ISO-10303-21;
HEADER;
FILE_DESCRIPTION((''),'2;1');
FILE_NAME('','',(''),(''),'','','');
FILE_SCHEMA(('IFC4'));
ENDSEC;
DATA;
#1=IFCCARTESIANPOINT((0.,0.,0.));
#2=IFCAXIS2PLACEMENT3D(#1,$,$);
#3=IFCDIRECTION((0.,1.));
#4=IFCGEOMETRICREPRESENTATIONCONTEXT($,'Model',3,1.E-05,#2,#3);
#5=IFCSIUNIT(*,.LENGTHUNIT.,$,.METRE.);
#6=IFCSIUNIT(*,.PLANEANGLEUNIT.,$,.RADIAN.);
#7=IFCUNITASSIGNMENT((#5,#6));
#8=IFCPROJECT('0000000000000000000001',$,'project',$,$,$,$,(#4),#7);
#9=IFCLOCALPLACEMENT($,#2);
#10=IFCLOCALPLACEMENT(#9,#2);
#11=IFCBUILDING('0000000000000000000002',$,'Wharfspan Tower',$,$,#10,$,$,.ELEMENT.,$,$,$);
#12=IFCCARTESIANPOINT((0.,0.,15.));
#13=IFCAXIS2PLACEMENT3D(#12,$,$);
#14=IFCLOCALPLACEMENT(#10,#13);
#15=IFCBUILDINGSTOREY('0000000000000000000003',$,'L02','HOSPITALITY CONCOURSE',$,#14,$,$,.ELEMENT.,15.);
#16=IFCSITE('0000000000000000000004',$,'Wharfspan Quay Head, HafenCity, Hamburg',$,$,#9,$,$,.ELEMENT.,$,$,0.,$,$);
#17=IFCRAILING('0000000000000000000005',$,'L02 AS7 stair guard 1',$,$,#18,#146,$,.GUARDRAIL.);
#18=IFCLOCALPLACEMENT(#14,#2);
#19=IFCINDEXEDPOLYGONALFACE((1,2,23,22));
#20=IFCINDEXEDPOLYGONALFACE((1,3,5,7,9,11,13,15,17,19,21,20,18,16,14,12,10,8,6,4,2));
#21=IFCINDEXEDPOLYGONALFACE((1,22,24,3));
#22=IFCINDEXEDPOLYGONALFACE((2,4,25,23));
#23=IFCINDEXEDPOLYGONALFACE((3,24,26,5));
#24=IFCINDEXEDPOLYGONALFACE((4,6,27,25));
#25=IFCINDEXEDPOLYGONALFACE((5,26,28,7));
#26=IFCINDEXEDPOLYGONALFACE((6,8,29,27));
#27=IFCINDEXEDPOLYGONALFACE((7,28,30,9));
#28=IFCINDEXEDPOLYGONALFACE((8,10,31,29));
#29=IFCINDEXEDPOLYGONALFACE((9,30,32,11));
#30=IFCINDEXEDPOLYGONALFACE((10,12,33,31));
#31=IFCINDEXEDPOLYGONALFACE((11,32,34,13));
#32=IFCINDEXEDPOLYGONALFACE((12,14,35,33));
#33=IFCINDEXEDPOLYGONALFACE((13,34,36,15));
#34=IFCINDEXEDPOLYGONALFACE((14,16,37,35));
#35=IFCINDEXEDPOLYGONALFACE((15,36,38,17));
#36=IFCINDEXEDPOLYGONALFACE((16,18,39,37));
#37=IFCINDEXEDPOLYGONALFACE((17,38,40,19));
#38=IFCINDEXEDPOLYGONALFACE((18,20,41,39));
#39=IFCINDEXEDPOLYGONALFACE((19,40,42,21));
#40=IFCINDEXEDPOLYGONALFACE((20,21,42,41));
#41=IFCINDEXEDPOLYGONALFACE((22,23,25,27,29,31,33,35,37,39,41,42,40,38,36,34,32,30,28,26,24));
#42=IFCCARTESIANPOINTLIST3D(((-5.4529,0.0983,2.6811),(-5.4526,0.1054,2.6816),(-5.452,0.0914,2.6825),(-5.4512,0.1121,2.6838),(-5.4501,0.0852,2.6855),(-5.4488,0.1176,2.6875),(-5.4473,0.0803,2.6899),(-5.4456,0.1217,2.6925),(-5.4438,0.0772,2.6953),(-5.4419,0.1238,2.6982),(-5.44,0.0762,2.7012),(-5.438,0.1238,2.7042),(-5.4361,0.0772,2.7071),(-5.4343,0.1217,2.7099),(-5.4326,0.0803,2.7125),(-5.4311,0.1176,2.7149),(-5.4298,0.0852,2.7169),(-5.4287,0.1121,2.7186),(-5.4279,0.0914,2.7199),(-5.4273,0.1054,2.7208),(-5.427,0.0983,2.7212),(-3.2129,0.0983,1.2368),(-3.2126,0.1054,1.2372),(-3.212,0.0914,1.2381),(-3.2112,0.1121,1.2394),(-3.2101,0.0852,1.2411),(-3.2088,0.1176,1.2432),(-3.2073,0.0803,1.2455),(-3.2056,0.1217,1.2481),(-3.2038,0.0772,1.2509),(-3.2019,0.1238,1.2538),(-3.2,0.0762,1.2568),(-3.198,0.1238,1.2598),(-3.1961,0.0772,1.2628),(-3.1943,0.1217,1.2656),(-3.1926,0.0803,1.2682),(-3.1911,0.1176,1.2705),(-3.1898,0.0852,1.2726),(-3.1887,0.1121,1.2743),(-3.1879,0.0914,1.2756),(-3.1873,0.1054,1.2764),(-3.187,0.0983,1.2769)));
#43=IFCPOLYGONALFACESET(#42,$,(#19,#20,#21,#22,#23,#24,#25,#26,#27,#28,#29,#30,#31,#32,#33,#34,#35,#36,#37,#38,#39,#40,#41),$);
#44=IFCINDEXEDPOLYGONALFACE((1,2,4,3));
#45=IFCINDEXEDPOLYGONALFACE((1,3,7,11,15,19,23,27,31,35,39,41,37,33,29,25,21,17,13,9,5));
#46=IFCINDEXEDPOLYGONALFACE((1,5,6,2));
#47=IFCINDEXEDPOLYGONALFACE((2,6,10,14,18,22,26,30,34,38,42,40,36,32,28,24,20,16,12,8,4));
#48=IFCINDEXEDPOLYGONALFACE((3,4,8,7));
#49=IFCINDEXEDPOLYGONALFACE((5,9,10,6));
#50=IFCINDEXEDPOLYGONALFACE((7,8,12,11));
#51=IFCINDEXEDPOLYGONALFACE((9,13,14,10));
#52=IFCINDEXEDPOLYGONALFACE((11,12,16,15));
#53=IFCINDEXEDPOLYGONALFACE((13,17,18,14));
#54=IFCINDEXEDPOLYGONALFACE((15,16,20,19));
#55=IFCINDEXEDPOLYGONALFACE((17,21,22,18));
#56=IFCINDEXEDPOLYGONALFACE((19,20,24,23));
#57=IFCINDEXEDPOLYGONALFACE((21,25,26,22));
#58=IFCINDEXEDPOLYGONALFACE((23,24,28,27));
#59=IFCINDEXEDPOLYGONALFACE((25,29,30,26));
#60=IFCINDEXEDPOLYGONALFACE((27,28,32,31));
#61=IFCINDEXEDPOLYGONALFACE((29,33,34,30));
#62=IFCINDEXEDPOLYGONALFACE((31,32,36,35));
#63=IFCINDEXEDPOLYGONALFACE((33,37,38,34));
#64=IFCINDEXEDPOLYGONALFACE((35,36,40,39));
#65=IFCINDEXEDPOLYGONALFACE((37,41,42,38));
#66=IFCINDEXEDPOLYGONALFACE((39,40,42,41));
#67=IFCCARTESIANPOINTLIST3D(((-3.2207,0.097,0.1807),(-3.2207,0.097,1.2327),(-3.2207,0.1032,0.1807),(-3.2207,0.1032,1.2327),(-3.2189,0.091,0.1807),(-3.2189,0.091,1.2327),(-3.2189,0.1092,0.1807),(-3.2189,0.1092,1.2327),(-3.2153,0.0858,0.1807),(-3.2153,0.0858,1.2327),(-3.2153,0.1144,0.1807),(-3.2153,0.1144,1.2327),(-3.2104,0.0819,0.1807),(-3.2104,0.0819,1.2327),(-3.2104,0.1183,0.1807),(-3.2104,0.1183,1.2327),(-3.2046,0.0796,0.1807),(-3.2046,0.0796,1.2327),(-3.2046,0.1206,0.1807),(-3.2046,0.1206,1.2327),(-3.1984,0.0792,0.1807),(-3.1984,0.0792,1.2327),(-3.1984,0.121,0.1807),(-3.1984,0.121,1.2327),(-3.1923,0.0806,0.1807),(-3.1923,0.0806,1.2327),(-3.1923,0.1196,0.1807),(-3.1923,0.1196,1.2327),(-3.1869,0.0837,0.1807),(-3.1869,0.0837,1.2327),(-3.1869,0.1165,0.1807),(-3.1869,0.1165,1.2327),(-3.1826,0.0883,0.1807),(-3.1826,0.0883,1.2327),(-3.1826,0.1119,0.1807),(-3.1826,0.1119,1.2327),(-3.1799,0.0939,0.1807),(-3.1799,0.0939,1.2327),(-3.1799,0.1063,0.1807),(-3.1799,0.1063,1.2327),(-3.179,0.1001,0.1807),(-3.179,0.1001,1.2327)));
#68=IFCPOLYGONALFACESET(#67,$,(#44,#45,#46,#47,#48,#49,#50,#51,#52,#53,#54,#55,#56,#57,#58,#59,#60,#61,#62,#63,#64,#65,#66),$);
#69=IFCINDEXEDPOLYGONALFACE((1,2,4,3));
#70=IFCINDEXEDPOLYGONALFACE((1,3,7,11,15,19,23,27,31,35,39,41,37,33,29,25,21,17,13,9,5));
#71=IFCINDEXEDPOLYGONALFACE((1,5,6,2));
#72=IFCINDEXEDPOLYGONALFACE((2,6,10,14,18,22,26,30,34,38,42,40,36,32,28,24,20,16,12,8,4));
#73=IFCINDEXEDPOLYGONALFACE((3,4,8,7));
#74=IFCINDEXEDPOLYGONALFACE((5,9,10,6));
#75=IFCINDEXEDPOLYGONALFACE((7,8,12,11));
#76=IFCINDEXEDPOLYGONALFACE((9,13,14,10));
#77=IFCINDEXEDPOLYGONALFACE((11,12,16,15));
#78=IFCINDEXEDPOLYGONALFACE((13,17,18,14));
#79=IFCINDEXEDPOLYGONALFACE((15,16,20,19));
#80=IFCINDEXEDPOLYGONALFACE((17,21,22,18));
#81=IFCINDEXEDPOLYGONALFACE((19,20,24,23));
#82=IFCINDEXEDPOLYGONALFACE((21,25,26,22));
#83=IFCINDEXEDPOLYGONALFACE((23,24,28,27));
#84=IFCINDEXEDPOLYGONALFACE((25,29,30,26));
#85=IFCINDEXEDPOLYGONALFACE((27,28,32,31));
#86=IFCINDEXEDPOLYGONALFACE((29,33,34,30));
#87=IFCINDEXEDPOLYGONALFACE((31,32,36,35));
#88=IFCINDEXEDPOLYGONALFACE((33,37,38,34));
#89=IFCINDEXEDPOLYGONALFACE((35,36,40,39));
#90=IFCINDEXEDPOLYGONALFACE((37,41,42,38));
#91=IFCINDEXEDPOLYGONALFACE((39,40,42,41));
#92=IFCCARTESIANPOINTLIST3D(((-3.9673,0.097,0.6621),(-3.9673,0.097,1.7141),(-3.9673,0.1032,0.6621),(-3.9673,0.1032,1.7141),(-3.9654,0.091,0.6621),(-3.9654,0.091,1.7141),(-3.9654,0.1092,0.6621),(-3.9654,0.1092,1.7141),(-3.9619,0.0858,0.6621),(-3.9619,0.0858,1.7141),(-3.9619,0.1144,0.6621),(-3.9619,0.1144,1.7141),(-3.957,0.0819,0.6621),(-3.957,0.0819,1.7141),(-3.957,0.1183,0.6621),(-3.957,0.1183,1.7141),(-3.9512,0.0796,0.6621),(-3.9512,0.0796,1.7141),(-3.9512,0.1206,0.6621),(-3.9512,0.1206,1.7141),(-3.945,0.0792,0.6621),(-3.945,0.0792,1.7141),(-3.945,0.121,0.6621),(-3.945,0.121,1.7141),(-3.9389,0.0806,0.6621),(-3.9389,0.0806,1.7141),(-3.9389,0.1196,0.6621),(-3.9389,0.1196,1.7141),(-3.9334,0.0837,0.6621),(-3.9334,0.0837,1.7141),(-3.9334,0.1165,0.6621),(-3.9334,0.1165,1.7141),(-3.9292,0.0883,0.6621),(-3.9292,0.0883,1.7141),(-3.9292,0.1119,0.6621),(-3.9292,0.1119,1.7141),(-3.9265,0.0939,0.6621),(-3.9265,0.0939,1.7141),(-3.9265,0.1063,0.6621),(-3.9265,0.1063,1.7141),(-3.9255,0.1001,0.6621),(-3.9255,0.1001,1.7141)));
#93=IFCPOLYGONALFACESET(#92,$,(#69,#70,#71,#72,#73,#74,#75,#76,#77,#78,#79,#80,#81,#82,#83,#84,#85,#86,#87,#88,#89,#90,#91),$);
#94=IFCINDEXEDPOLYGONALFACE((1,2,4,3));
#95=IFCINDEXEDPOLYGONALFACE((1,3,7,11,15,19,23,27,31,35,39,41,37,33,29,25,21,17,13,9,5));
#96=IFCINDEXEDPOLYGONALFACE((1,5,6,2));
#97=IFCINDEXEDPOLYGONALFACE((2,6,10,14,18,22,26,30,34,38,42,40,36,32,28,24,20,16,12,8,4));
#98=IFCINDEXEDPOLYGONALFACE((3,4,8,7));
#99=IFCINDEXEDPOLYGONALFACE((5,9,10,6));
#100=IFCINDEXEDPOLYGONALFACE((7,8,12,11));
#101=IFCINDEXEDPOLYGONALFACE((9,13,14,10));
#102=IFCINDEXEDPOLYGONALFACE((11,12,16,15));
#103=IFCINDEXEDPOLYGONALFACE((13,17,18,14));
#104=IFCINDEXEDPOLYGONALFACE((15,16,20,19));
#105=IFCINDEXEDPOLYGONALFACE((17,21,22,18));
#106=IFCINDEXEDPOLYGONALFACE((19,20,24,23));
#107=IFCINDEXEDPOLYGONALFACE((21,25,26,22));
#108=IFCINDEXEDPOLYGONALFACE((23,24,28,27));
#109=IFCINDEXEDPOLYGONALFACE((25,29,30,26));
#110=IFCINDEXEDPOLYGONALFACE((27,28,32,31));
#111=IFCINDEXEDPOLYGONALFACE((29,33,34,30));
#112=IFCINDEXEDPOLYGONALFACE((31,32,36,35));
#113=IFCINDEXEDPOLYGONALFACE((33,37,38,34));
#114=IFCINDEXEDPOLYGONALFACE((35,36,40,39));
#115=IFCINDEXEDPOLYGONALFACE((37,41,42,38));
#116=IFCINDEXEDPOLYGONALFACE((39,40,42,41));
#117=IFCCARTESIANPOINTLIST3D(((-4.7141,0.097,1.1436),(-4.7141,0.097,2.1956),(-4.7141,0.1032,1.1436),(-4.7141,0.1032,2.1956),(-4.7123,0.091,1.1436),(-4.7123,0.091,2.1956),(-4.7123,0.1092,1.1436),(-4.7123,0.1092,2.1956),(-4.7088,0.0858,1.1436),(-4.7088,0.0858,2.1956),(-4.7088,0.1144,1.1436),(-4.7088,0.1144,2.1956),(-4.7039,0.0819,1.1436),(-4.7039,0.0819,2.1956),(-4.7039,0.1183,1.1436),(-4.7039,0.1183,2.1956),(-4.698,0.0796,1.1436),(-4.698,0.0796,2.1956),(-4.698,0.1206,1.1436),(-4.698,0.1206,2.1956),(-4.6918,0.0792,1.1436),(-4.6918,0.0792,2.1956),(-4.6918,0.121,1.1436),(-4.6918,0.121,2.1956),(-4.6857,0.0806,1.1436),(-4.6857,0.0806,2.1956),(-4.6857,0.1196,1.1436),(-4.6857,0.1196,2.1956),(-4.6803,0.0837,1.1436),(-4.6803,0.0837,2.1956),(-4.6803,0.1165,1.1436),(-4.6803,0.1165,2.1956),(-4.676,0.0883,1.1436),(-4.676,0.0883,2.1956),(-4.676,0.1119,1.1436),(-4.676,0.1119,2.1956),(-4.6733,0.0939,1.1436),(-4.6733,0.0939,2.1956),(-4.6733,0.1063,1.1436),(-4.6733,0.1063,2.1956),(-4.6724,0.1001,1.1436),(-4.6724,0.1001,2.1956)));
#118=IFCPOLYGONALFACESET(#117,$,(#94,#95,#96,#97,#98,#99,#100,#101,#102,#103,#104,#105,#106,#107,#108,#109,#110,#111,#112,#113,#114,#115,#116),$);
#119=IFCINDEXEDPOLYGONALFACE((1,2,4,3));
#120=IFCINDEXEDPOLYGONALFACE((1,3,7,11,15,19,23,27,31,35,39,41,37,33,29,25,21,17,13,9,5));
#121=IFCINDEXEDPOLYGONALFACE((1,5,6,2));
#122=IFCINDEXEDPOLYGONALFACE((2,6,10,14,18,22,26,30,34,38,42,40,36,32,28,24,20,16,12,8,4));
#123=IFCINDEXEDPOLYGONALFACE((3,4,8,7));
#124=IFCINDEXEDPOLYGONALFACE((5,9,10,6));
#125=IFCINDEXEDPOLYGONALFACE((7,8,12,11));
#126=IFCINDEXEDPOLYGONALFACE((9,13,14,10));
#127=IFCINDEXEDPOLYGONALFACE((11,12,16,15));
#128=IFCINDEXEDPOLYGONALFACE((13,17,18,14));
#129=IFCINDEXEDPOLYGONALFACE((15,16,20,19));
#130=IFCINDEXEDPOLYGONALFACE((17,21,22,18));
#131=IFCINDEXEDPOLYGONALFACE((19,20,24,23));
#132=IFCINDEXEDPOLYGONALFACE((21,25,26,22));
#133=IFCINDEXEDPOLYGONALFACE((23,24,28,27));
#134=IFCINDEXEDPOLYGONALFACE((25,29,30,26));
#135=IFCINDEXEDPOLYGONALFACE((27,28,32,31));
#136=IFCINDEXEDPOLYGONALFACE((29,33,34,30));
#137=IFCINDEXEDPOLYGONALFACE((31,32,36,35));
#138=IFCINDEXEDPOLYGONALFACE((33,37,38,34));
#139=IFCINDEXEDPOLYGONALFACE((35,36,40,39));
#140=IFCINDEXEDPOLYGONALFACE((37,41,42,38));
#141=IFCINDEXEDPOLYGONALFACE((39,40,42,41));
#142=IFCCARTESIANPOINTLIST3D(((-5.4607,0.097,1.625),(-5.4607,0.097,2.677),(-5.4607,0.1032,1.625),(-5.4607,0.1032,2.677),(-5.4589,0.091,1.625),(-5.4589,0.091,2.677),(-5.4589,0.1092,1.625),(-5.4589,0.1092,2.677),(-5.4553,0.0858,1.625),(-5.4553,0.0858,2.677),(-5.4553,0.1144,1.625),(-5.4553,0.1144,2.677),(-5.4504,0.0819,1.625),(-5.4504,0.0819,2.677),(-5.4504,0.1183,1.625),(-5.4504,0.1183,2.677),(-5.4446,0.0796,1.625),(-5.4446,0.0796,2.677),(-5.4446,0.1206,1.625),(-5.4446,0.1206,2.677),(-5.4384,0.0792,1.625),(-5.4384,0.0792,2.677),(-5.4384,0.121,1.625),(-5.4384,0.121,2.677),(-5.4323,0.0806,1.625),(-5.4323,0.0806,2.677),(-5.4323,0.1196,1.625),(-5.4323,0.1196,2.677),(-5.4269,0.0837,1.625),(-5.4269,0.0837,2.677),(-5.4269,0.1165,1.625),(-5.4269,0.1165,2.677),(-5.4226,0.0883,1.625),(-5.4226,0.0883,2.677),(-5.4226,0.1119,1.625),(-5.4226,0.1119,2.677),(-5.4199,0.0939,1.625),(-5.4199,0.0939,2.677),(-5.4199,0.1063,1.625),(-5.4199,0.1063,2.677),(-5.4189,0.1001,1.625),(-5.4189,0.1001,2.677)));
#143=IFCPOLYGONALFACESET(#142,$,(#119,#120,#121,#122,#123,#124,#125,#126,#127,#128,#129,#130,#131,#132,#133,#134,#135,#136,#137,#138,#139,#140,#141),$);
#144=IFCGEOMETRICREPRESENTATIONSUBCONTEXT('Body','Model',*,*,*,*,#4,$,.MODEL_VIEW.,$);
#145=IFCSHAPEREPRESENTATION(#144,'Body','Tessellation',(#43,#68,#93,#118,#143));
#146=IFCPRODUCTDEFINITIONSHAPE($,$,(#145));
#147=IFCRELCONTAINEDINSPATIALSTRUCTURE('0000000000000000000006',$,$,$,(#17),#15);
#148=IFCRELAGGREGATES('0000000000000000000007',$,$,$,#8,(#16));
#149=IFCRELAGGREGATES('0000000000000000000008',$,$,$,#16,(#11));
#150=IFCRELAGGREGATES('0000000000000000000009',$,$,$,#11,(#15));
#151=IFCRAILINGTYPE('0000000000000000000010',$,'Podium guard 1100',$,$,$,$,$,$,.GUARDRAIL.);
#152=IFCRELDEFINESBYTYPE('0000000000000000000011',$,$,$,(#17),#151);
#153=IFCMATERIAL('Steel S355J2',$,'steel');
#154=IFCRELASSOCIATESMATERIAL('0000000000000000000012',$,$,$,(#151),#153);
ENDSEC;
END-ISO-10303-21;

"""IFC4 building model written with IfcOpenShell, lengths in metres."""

from ifc_helpers import new_model, si_unit, direction, frame, origin, origin_2d, place, context, subcontext, project, spatial, circle, extrude, material, type_object, element, save


model = new_model("IFC4")

# Units and contexts
model_context = context("Model", 3, precision=1e-05, world=origin(), true_north=direction((0.0, 1.0)))
body_context = subcontext(model_context, "Body", "Model", "MODEL_VIEW")
ifc_project = project(units=[si_unit("LENGTHUNIT", "METRE"), si_unit("PLANEANGLEUNIT", "RADIAN")], contexts=[model_context])

# Site, building, storey
site_placement = place(None, origin())
site = spatial("IfcSite", under=ifc_project, at=site_placement, Name="Wharfspan Quay Head, HafenCity, Hamburg", CompositionType="ELEMENT", RefElevation=0.0)
building_placement = place(site_placement, origin())
building = spatial("IfcBuilding", under=site, at=building_placement, Name="Wharfspan Tower", CompositionType="ELEMENT")
storey_placement = place(building_placement, frame((0.0, 0.0, 15.0)))
storey = spatial("IfcBuildingStorey", under=building, at=storey_placement, Name="L02", Description="HOSPITALITY CONCOURSE", CompositionType="ELEMENT", Elevation=15.0)

# Railing
ifc_material_1 = material(Name="Steel S355J2", Category="steel")
railing_type_1 = type_object("IfcRailingType", Name="Podium guard 1100", PredefinedType="GUARDRAIL", material=ifc_material_1)
railing_1_placement = place(storey_placement, frame((-3.2, 0.1001, 0.1807)))
element("IfcRailing", 1, at=railing_1_placement, inside=storey, type_object=railing_type_1, Name="L02 AS7 stair guard 1", PredefinedType="GUARDRAIL", context=body_context, shape_type="SweptSolid", body=[
    extrude(circle(Radius=0.0239, at=origin_2d()), frame((0.0, 0.0, 1.0762), z_axis=(-0.840437, 0.0, 0.54191), x_axis=(0.0, -1.0, 0.0)), (0.0, 0.0, 1.0), 2.6653),
    extrude(circle(Radius=0.021, at=origin_2d()), origin(), (0.0, 0.0, 1.0), 1.052),
    extrude(circle(Radius=0.021, at=origin_2d()), frame((-0.7466, 0.0, 0.4814)), (0.0, 0.0, 1.0), 1.052),
    extrude(circle(Radius=0.021, at=origin_2d()), frame((-1.4934, 0.0, 0.9629)), (0.0, 0.0, 1.0), 1.052),
    extrude(circle(Radius=0.021, at=origin_2d()), frame((-2.24, 0.0, 1.4443)), (0.0, 0.0, 1.0), 1.052),
])

save(model, "model.ifc")
